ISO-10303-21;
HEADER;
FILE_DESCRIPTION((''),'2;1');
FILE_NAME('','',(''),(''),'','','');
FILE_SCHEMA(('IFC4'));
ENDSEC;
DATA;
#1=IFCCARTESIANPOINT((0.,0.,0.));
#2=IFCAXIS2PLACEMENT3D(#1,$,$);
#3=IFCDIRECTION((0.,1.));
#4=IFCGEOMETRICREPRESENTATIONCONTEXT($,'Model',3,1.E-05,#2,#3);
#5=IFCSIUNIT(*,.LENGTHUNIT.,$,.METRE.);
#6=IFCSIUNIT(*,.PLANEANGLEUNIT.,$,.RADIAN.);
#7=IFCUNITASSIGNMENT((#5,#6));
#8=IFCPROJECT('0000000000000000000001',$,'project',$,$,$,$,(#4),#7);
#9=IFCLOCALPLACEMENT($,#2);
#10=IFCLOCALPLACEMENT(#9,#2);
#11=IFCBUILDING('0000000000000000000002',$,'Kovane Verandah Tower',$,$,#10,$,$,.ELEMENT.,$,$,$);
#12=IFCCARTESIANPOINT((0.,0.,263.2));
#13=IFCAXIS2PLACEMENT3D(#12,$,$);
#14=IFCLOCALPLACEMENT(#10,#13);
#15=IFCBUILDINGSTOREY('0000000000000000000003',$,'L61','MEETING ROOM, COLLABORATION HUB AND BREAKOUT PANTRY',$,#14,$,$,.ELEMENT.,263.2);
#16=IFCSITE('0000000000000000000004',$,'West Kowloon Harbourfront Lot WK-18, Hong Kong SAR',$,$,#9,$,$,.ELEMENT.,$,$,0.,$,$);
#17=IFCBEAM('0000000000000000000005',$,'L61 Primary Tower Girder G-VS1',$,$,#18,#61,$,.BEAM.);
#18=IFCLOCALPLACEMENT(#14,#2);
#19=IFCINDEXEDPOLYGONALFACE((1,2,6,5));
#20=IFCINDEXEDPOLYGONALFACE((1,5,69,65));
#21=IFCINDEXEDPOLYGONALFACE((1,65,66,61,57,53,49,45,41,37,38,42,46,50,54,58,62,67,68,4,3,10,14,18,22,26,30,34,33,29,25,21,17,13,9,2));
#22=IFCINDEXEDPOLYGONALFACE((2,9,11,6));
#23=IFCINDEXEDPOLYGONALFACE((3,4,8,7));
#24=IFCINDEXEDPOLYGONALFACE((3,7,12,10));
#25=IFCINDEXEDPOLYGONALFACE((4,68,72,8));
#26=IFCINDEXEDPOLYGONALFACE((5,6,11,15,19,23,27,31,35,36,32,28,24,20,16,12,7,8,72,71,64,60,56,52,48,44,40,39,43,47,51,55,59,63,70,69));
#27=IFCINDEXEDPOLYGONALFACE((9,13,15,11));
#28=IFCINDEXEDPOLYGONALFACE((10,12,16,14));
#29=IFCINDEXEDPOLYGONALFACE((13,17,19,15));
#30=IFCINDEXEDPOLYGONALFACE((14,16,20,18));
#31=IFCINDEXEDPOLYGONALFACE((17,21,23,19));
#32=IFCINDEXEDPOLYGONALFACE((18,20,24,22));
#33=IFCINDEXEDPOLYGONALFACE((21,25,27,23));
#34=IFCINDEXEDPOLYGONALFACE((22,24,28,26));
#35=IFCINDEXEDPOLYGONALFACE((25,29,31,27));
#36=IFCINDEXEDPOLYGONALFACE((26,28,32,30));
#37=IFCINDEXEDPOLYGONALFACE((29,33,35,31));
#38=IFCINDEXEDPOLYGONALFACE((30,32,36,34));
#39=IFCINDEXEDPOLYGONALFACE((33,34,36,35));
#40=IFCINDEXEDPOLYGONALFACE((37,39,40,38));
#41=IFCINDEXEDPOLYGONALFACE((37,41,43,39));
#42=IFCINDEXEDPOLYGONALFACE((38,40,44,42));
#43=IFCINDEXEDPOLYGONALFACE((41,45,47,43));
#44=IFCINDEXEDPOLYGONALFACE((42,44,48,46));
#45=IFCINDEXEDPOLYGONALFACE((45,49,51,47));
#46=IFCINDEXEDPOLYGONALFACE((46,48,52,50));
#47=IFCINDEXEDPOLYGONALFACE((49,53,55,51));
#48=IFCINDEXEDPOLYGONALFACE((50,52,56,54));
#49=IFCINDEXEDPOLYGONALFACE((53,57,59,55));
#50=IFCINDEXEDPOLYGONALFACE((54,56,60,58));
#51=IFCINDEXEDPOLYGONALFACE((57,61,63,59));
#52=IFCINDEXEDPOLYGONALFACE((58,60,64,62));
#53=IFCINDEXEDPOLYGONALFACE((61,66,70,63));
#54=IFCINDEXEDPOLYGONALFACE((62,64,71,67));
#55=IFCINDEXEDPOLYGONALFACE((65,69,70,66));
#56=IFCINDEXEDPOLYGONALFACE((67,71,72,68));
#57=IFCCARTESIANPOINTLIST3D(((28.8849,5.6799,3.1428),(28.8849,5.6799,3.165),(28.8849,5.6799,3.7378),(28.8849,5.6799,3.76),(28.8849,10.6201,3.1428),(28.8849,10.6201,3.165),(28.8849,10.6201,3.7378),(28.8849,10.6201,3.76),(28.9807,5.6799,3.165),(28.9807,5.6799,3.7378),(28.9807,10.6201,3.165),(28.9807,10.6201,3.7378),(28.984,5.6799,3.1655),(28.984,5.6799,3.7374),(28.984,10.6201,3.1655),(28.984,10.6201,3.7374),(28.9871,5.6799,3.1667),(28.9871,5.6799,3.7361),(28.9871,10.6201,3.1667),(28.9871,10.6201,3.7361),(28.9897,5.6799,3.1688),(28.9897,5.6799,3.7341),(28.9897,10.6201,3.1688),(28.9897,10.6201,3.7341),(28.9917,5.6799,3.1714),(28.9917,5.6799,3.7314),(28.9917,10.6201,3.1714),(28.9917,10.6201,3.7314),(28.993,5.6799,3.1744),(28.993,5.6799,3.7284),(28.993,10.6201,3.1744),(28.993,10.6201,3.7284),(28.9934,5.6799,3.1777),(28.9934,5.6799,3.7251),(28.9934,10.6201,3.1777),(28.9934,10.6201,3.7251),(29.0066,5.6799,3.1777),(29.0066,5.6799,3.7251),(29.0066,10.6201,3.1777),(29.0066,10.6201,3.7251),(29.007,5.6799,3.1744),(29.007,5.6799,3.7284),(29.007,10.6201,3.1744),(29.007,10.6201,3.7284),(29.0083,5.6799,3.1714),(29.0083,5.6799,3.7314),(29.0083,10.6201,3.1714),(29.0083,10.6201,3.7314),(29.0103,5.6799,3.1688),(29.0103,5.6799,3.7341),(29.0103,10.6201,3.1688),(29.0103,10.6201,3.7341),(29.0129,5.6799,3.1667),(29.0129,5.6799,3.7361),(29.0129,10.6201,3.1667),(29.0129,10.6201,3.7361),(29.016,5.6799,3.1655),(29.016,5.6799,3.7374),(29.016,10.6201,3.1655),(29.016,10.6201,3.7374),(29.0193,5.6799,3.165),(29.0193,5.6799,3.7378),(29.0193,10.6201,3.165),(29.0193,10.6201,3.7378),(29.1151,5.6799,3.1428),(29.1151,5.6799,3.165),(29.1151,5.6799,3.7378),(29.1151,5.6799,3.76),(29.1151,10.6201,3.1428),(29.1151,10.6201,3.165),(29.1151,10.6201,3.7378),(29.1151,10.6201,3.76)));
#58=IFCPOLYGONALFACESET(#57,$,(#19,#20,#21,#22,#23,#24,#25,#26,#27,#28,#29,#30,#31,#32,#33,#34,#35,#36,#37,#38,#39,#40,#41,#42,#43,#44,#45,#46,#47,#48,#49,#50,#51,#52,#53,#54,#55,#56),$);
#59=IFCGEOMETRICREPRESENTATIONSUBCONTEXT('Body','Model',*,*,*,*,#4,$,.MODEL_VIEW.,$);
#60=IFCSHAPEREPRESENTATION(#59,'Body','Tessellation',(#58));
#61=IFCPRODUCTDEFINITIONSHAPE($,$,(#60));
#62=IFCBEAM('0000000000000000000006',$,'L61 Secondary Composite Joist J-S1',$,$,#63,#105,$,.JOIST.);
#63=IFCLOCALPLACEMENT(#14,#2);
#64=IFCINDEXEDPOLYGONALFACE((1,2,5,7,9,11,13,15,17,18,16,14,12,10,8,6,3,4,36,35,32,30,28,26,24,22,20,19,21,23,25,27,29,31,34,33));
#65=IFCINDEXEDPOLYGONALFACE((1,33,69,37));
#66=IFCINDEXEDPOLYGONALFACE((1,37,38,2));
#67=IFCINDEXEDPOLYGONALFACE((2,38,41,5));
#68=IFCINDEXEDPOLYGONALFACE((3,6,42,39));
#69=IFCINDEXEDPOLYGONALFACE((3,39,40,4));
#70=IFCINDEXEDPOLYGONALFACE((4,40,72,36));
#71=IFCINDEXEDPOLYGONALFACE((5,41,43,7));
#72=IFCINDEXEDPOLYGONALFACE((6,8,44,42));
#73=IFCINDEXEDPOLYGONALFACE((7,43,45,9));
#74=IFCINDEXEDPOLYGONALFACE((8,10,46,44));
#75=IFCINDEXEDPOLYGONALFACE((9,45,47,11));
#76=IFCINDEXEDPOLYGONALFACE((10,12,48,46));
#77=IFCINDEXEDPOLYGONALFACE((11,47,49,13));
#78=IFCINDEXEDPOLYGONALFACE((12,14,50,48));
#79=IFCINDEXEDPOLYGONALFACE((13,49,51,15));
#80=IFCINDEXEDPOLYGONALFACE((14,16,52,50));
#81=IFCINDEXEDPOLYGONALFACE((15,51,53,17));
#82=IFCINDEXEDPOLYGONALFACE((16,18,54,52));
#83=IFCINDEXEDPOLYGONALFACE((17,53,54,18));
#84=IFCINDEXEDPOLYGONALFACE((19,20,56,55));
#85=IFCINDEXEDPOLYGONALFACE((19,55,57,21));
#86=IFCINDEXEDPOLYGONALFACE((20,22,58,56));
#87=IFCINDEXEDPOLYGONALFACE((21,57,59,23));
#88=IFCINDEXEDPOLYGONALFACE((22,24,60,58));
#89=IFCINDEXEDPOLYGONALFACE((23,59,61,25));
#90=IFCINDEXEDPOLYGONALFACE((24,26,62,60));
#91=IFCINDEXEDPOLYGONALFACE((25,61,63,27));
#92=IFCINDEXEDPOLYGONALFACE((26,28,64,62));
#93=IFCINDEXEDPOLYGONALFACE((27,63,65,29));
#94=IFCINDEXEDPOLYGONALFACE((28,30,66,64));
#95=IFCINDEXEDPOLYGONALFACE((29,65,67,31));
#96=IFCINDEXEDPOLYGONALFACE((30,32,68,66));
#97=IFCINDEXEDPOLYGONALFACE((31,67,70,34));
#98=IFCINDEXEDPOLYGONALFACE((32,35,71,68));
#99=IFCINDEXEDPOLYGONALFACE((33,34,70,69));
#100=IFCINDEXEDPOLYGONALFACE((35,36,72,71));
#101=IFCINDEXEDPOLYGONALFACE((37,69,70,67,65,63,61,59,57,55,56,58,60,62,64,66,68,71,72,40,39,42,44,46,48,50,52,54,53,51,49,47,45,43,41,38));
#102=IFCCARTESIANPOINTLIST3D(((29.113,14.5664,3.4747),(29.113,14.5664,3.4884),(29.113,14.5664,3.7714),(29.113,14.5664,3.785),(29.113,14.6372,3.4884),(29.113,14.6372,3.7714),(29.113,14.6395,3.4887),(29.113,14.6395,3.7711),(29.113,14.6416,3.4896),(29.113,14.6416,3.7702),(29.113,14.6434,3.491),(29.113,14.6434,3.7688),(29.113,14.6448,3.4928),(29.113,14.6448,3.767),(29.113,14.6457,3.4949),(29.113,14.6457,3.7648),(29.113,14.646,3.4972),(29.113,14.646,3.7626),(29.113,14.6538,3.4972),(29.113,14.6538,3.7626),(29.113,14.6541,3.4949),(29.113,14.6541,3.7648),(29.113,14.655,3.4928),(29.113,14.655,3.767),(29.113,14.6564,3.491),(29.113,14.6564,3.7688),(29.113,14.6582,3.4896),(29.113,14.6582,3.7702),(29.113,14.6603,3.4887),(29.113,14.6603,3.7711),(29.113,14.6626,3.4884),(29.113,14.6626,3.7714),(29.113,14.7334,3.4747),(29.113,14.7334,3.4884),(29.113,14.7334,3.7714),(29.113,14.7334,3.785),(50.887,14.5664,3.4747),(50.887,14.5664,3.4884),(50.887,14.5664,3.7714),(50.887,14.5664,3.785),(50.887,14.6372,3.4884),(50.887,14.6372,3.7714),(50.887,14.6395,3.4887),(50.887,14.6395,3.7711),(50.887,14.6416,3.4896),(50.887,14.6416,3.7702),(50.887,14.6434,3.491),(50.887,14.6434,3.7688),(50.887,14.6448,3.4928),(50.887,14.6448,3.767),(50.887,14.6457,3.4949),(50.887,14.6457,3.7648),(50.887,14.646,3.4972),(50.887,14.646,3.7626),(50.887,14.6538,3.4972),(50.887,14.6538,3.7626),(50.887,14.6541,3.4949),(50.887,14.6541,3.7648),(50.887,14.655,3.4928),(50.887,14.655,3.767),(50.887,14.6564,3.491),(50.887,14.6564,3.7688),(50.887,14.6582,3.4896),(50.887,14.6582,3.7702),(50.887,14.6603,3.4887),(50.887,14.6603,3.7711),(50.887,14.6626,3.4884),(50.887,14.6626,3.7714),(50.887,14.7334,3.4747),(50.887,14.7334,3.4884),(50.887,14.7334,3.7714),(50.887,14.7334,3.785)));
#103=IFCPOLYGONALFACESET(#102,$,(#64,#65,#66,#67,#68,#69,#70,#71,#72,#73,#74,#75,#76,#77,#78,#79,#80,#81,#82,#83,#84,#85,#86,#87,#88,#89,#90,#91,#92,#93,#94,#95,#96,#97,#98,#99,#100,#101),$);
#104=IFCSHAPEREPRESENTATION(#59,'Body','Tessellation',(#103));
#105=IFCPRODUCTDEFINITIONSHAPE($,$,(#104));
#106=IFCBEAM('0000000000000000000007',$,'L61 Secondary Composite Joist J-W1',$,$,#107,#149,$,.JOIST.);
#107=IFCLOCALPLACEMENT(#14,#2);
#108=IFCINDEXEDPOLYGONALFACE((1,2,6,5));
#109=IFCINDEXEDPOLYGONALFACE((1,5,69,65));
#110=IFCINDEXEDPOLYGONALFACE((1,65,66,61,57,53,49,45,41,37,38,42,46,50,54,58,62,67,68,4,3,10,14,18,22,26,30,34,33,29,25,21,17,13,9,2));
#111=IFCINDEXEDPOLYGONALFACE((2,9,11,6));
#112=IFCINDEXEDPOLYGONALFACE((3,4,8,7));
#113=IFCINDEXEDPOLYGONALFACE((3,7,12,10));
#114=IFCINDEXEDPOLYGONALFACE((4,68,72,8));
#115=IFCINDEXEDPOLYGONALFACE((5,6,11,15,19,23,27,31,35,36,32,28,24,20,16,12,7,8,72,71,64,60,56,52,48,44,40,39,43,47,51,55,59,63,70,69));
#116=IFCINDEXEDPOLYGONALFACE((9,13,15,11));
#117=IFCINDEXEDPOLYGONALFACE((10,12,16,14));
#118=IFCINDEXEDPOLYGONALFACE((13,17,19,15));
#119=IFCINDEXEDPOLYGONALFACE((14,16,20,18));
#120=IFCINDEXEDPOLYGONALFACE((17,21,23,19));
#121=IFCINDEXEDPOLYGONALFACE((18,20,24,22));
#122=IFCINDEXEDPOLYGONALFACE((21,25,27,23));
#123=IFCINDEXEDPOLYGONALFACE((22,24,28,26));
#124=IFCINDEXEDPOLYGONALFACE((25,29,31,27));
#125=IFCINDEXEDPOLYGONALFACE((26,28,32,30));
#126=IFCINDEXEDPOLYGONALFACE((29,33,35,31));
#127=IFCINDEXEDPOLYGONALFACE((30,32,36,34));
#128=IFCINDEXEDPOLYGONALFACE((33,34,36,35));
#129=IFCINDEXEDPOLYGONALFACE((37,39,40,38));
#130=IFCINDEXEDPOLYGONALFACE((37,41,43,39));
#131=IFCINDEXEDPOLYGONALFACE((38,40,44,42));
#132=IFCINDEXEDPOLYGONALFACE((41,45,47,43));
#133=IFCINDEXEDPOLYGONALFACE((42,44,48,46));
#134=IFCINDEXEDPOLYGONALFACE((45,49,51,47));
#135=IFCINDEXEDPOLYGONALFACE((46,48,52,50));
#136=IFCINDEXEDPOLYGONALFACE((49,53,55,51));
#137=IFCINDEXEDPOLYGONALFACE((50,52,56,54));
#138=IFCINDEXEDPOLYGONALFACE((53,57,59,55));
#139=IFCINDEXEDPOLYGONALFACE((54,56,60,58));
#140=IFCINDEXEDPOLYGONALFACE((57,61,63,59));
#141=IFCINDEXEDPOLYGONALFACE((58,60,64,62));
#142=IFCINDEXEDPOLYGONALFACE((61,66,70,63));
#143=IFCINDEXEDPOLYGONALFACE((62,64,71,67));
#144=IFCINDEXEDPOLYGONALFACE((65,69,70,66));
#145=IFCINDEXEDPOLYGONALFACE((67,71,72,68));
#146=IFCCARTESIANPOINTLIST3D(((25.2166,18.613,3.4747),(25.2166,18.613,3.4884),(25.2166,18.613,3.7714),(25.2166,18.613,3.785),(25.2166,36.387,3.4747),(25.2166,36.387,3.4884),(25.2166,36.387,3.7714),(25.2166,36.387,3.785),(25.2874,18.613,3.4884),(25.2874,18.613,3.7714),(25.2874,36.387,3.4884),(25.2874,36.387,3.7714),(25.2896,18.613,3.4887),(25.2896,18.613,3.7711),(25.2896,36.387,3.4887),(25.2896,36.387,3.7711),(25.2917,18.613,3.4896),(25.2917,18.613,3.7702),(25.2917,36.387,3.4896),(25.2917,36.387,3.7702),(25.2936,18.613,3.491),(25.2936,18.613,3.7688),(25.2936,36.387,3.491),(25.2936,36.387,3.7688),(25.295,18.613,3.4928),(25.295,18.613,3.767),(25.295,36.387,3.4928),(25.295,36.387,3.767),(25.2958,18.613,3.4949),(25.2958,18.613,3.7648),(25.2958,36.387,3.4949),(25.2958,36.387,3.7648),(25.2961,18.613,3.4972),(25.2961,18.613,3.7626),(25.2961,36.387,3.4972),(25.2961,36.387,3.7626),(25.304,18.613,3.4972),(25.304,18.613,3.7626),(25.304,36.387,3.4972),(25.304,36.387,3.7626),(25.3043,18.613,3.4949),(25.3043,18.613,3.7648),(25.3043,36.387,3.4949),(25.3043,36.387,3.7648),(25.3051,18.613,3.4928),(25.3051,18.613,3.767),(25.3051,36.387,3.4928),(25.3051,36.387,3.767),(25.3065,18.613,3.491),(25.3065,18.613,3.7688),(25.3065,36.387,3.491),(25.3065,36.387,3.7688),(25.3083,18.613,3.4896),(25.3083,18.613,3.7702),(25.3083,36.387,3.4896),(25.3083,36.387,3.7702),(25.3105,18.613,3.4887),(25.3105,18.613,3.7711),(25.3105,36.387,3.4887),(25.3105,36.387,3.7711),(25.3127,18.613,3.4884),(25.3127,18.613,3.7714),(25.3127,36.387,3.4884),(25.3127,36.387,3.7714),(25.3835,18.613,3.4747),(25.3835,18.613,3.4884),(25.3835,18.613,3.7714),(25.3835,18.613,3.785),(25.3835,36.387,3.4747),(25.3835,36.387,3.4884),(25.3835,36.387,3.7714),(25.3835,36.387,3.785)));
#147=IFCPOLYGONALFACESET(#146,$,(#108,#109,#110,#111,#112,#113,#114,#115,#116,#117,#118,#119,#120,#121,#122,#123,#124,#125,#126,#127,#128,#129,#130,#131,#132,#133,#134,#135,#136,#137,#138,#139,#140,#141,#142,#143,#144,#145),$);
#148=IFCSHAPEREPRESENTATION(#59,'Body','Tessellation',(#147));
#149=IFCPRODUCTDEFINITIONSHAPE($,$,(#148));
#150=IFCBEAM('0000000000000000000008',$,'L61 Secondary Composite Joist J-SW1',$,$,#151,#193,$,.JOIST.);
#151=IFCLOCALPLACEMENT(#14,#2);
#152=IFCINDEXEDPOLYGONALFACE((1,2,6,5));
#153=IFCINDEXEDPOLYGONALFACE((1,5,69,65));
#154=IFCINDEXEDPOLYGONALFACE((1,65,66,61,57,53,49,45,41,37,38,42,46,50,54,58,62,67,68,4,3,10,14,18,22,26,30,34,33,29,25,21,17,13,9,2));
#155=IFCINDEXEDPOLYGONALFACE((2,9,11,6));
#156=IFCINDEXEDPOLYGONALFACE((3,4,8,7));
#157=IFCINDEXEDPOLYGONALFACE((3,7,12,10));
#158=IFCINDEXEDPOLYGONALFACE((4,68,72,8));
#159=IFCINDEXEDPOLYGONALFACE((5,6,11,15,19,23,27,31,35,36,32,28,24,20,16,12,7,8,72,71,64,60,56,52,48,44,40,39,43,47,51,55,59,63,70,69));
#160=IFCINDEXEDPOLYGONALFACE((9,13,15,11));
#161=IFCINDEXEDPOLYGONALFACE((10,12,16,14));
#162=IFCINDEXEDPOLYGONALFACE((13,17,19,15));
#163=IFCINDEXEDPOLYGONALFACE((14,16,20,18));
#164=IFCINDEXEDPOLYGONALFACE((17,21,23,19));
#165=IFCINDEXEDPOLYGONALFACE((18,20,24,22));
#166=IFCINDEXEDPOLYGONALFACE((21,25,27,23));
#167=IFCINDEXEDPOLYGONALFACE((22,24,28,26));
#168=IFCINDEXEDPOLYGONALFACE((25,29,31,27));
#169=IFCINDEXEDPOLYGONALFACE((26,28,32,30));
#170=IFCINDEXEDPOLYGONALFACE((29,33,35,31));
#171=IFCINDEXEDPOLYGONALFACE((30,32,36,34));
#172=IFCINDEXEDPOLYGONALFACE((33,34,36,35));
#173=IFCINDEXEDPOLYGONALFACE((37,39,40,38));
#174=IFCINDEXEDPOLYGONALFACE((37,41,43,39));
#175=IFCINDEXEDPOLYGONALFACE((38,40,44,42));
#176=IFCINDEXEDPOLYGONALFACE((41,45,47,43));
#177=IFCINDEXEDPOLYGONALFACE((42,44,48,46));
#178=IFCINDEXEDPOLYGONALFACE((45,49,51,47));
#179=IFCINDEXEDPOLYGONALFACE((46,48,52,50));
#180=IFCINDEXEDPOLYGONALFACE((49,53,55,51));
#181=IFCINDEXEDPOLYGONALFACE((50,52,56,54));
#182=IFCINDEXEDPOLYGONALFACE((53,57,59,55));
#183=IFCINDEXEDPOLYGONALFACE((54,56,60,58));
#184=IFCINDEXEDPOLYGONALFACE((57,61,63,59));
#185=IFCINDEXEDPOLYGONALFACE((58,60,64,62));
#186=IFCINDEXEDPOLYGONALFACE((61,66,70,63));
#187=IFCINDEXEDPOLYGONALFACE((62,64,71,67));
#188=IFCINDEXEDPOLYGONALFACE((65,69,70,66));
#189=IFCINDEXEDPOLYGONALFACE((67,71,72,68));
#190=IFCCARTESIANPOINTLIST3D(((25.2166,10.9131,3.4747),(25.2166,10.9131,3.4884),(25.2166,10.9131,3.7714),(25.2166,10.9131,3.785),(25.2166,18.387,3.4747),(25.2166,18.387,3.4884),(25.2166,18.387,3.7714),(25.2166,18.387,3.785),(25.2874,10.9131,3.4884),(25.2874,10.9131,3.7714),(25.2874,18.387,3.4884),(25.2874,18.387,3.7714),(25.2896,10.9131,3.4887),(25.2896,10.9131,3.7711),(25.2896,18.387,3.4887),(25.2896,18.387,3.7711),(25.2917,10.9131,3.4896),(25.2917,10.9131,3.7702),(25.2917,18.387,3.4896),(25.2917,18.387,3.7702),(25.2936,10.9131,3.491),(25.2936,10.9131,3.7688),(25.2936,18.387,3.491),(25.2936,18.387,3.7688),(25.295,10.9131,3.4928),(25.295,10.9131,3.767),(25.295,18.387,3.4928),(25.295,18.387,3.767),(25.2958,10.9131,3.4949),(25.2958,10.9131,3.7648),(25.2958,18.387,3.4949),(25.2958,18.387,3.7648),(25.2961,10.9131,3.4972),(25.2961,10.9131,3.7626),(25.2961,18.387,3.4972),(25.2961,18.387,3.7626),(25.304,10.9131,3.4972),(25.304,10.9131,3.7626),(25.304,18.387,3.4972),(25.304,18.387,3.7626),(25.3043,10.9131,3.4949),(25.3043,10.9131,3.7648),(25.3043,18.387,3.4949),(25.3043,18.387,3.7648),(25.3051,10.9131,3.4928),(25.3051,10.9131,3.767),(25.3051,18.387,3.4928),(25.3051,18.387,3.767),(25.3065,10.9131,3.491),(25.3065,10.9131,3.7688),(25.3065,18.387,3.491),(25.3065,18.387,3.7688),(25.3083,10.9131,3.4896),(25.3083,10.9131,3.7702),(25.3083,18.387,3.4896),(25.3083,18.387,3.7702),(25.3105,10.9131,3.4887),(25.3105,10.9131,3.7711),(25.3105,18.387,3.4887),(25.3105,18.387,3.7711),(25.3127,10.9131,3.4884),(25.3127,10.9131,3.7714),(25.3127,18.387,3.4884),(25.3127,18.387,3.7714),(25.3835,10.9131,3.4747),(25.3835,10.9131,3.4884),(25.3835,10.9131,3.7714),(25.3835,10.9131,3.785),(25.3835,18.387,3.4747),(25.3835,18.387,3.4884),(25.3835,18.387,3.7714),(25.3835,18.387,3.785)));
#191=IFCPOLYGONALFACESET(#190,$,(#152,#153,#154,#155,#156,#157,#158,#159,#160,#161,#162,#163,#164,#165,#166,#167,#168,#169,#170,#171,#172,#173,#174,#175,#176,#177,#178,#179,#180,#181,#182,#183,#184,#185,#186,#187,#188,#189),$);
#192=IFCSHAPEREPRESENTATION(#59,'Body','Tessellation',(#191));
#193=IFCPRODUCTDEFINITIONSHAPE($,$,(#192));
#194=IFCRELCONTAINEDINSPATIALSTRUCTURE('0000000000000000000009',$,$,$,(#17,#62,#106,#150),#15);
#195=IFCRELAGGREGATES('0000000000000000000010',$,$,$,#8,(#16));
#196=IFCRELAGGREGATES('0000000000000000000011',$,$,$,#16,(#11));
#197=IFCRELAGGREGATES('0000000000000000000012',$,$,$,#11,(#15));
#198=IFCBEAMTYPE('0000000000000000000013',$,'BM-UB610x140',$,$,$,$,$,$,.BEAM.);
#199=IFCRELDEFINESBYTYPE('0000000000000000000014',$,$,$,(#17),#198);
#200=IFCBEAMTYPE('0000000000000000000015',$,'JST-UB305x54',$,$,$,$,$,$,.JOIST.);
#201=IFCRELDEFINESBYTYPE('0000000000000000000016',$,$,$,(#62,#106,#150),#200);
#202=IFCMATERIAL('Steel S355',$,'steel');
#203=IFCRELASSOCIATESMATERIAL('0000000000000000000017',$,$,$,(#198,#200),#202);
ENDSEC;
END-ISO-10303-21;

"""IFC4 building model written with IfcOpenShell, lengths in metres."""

from ifc_helpers import new_model, si_unit, direction, frame, origin, origin_2d, place, context, subcontext, project, spatial, i_section, extrude, material, material_profile, profile_set, type_object, element, save


model = new_model("IFC4")

# Units and contexts
model_context = context("Model", 3, precision=1e-05, world=origin(), true_north=direction((0.0, 1.0)))
body_context = subcontext(model_context, "Body", "Model", "MODEL_VIEW")
ifc_project = project(units=[si_unit("LENGTHUNIT", "METRE"), si_unit("PLANEANGLEUNIT", "RADIAN")], contexts=[model_context])

# Site, building, storey
site_placement = place(None, origin())
site = spatial("IfcSite", under=ifc_project, at=site_placement, Name="West Kowloon Harbourfront Lot WK-18, Hong Kong SAR", CompositionType="ELEMENT", RefElevation=0.0)
building_placement = place(site_placement, origin())
building = spatial("IfcBuilding", under=site, at=building_placement, Name="Kovane Verandah Tower", CompositionType="ELEMENT")
storey_placement = place(building_placement, frame((0.0, 0.0, 263.2)))
storey = spatial("IfcBuildingStorey", under=building, at=storey_placement, Name="L61", Description="MEETING ROOM, COLLABORATION HUB AND BREAKOUT PANTRY", CompositionType="ELEMENT", Elevation=263.2)

# Beams
ifc_material_1 = material(Name="Steel S355", Category="steel")
ifc_material_profile_1 = material_profile(ifc_material_1, i_section(OverallWidth=0.2302, OverallDepth=0.6172, WebThickness=0.0132, FlangeThickness=0.0222, FilletRadius=0.0127, at=origin_2d()), Name="UB610x229x140")
ifc_profile_set_1 = profile_set([ifc_material_profile_1], Name="Steel S355")
beam_type_1 = type_object("IfcBeamType", Name="BM-UB610x140", PredefinedType="BEAM", material=ifc_profile_set_1)
beam_1_placement = place(storey_placement, frame((29.0, 10.6201, 3.4514), z_axis=(0.0, -1.0, 0.0), x_axis=(1.0, 0.0, 0.0)))
element("IfcBeam", 1, at=beam_1_placement, inside=storey, type_object=beam_type_1, Name="L61 Primary Tower Girder G-VS1", PredefinedType="BEAM", context=body_context, shape_type="SweptSolid", body=[
    extrude(i_section(OverallWidth=0.2302, OverallDepth=0.6172, WebThickness=0.0132, FlangeThickness=0.0222, FilletRadius=0.0127, at=origin_2d()), origin(), (0.0, 0.0, 1.0), 4.9402),
])
ifc_material_profile_2 = material_profile(ifc_material_1, i_section(OverallWidth=0.167, OverallDepth=0.3103, WebThickness=0.0078, FlangeThickness=0.0137, FilletRadius=0.0088, at=origin_2d()), Name="UB305x165x54")
ifc_profile_set_2 = profile_set([ifc_material_profile_2], Name="Steel S355")
beam_type_2 = type_object("IfcBeamType", Name="JST-UB305x54", PredefinedType="JOIST", material=ifc_profile_set_2)
beam_2_placement = place(storey_placement, frame((29.113, 14.6499, 3.6299), z_axis=(1.0, 0.0, 0.0), x_axis=(0.0, 1.0, 0.0)))
element("IfcBeam", 2, at=beam_2_placement, inside=storey, type_object=beam_type_2, Name="L61 Secondary Composite Joist J-S1", PredefinedType="JOIST", context=body_context, shape_type="SweptSolid", body=[
    extrude(i_section(OverallWidth=0.167, OverallDepth=0.3103, WebThickness=0.0078, FlangeThickness=0.0137, FilletRadius=0.0088, at=origin_2d()), origin(), (0.0, 0.0, 1.0), 21.7739),
])
beam_3_placement = place(storey_placement, frame((25.3, 18.613, 3.6299), z_axis=(0.0, 1.0, 0.0), x_axis=(-1.0, 0.0, 0.0)))
element("IfcBeam", 3, at=beam_3_placement, inside=storey, type_object=beam_type_2, Name="L61 Secondary Composite Joist J-W1", PredefinedType="JOIST", context=body_context, shape_type="SweptSolid", body=[
    extrude(i_section(OverallWidth=0.167, OverallDepth=0.3103, WebThickness=0.0078, FlangeThickness=0.0137, FilletRadius=0.0088, at=origin_2d()), origin(), (0.0, 0.0, 1.0), 17.7739),
])
beam_4_placement = place(storey_placement, frame((25.3, 10.9131, 3.6299), z_axis=(0.0, 1.0, 0.0), x_axis=(-1.0, 0.0, 0.0)))
element("IfcBeam", 4, at=beam_4_placement, inside=storey, type_object=beam_type_2, Name="L61 Secondary Composite Joist J-SW1", PredefinedType="JOIST", context=body_context, shape_type="SweptSolid", body=[
    extrude(i_section(OverallWidth=0.167, OverallDepth=0.3103, WebThickness=0.0078, FlangeThickness=0.0137, FilletRadius=0.0088, at=origin_2d()), origin(), (0.0, 0.0, 1.0), 7.4739),
])

save(model, "model.ifc")
